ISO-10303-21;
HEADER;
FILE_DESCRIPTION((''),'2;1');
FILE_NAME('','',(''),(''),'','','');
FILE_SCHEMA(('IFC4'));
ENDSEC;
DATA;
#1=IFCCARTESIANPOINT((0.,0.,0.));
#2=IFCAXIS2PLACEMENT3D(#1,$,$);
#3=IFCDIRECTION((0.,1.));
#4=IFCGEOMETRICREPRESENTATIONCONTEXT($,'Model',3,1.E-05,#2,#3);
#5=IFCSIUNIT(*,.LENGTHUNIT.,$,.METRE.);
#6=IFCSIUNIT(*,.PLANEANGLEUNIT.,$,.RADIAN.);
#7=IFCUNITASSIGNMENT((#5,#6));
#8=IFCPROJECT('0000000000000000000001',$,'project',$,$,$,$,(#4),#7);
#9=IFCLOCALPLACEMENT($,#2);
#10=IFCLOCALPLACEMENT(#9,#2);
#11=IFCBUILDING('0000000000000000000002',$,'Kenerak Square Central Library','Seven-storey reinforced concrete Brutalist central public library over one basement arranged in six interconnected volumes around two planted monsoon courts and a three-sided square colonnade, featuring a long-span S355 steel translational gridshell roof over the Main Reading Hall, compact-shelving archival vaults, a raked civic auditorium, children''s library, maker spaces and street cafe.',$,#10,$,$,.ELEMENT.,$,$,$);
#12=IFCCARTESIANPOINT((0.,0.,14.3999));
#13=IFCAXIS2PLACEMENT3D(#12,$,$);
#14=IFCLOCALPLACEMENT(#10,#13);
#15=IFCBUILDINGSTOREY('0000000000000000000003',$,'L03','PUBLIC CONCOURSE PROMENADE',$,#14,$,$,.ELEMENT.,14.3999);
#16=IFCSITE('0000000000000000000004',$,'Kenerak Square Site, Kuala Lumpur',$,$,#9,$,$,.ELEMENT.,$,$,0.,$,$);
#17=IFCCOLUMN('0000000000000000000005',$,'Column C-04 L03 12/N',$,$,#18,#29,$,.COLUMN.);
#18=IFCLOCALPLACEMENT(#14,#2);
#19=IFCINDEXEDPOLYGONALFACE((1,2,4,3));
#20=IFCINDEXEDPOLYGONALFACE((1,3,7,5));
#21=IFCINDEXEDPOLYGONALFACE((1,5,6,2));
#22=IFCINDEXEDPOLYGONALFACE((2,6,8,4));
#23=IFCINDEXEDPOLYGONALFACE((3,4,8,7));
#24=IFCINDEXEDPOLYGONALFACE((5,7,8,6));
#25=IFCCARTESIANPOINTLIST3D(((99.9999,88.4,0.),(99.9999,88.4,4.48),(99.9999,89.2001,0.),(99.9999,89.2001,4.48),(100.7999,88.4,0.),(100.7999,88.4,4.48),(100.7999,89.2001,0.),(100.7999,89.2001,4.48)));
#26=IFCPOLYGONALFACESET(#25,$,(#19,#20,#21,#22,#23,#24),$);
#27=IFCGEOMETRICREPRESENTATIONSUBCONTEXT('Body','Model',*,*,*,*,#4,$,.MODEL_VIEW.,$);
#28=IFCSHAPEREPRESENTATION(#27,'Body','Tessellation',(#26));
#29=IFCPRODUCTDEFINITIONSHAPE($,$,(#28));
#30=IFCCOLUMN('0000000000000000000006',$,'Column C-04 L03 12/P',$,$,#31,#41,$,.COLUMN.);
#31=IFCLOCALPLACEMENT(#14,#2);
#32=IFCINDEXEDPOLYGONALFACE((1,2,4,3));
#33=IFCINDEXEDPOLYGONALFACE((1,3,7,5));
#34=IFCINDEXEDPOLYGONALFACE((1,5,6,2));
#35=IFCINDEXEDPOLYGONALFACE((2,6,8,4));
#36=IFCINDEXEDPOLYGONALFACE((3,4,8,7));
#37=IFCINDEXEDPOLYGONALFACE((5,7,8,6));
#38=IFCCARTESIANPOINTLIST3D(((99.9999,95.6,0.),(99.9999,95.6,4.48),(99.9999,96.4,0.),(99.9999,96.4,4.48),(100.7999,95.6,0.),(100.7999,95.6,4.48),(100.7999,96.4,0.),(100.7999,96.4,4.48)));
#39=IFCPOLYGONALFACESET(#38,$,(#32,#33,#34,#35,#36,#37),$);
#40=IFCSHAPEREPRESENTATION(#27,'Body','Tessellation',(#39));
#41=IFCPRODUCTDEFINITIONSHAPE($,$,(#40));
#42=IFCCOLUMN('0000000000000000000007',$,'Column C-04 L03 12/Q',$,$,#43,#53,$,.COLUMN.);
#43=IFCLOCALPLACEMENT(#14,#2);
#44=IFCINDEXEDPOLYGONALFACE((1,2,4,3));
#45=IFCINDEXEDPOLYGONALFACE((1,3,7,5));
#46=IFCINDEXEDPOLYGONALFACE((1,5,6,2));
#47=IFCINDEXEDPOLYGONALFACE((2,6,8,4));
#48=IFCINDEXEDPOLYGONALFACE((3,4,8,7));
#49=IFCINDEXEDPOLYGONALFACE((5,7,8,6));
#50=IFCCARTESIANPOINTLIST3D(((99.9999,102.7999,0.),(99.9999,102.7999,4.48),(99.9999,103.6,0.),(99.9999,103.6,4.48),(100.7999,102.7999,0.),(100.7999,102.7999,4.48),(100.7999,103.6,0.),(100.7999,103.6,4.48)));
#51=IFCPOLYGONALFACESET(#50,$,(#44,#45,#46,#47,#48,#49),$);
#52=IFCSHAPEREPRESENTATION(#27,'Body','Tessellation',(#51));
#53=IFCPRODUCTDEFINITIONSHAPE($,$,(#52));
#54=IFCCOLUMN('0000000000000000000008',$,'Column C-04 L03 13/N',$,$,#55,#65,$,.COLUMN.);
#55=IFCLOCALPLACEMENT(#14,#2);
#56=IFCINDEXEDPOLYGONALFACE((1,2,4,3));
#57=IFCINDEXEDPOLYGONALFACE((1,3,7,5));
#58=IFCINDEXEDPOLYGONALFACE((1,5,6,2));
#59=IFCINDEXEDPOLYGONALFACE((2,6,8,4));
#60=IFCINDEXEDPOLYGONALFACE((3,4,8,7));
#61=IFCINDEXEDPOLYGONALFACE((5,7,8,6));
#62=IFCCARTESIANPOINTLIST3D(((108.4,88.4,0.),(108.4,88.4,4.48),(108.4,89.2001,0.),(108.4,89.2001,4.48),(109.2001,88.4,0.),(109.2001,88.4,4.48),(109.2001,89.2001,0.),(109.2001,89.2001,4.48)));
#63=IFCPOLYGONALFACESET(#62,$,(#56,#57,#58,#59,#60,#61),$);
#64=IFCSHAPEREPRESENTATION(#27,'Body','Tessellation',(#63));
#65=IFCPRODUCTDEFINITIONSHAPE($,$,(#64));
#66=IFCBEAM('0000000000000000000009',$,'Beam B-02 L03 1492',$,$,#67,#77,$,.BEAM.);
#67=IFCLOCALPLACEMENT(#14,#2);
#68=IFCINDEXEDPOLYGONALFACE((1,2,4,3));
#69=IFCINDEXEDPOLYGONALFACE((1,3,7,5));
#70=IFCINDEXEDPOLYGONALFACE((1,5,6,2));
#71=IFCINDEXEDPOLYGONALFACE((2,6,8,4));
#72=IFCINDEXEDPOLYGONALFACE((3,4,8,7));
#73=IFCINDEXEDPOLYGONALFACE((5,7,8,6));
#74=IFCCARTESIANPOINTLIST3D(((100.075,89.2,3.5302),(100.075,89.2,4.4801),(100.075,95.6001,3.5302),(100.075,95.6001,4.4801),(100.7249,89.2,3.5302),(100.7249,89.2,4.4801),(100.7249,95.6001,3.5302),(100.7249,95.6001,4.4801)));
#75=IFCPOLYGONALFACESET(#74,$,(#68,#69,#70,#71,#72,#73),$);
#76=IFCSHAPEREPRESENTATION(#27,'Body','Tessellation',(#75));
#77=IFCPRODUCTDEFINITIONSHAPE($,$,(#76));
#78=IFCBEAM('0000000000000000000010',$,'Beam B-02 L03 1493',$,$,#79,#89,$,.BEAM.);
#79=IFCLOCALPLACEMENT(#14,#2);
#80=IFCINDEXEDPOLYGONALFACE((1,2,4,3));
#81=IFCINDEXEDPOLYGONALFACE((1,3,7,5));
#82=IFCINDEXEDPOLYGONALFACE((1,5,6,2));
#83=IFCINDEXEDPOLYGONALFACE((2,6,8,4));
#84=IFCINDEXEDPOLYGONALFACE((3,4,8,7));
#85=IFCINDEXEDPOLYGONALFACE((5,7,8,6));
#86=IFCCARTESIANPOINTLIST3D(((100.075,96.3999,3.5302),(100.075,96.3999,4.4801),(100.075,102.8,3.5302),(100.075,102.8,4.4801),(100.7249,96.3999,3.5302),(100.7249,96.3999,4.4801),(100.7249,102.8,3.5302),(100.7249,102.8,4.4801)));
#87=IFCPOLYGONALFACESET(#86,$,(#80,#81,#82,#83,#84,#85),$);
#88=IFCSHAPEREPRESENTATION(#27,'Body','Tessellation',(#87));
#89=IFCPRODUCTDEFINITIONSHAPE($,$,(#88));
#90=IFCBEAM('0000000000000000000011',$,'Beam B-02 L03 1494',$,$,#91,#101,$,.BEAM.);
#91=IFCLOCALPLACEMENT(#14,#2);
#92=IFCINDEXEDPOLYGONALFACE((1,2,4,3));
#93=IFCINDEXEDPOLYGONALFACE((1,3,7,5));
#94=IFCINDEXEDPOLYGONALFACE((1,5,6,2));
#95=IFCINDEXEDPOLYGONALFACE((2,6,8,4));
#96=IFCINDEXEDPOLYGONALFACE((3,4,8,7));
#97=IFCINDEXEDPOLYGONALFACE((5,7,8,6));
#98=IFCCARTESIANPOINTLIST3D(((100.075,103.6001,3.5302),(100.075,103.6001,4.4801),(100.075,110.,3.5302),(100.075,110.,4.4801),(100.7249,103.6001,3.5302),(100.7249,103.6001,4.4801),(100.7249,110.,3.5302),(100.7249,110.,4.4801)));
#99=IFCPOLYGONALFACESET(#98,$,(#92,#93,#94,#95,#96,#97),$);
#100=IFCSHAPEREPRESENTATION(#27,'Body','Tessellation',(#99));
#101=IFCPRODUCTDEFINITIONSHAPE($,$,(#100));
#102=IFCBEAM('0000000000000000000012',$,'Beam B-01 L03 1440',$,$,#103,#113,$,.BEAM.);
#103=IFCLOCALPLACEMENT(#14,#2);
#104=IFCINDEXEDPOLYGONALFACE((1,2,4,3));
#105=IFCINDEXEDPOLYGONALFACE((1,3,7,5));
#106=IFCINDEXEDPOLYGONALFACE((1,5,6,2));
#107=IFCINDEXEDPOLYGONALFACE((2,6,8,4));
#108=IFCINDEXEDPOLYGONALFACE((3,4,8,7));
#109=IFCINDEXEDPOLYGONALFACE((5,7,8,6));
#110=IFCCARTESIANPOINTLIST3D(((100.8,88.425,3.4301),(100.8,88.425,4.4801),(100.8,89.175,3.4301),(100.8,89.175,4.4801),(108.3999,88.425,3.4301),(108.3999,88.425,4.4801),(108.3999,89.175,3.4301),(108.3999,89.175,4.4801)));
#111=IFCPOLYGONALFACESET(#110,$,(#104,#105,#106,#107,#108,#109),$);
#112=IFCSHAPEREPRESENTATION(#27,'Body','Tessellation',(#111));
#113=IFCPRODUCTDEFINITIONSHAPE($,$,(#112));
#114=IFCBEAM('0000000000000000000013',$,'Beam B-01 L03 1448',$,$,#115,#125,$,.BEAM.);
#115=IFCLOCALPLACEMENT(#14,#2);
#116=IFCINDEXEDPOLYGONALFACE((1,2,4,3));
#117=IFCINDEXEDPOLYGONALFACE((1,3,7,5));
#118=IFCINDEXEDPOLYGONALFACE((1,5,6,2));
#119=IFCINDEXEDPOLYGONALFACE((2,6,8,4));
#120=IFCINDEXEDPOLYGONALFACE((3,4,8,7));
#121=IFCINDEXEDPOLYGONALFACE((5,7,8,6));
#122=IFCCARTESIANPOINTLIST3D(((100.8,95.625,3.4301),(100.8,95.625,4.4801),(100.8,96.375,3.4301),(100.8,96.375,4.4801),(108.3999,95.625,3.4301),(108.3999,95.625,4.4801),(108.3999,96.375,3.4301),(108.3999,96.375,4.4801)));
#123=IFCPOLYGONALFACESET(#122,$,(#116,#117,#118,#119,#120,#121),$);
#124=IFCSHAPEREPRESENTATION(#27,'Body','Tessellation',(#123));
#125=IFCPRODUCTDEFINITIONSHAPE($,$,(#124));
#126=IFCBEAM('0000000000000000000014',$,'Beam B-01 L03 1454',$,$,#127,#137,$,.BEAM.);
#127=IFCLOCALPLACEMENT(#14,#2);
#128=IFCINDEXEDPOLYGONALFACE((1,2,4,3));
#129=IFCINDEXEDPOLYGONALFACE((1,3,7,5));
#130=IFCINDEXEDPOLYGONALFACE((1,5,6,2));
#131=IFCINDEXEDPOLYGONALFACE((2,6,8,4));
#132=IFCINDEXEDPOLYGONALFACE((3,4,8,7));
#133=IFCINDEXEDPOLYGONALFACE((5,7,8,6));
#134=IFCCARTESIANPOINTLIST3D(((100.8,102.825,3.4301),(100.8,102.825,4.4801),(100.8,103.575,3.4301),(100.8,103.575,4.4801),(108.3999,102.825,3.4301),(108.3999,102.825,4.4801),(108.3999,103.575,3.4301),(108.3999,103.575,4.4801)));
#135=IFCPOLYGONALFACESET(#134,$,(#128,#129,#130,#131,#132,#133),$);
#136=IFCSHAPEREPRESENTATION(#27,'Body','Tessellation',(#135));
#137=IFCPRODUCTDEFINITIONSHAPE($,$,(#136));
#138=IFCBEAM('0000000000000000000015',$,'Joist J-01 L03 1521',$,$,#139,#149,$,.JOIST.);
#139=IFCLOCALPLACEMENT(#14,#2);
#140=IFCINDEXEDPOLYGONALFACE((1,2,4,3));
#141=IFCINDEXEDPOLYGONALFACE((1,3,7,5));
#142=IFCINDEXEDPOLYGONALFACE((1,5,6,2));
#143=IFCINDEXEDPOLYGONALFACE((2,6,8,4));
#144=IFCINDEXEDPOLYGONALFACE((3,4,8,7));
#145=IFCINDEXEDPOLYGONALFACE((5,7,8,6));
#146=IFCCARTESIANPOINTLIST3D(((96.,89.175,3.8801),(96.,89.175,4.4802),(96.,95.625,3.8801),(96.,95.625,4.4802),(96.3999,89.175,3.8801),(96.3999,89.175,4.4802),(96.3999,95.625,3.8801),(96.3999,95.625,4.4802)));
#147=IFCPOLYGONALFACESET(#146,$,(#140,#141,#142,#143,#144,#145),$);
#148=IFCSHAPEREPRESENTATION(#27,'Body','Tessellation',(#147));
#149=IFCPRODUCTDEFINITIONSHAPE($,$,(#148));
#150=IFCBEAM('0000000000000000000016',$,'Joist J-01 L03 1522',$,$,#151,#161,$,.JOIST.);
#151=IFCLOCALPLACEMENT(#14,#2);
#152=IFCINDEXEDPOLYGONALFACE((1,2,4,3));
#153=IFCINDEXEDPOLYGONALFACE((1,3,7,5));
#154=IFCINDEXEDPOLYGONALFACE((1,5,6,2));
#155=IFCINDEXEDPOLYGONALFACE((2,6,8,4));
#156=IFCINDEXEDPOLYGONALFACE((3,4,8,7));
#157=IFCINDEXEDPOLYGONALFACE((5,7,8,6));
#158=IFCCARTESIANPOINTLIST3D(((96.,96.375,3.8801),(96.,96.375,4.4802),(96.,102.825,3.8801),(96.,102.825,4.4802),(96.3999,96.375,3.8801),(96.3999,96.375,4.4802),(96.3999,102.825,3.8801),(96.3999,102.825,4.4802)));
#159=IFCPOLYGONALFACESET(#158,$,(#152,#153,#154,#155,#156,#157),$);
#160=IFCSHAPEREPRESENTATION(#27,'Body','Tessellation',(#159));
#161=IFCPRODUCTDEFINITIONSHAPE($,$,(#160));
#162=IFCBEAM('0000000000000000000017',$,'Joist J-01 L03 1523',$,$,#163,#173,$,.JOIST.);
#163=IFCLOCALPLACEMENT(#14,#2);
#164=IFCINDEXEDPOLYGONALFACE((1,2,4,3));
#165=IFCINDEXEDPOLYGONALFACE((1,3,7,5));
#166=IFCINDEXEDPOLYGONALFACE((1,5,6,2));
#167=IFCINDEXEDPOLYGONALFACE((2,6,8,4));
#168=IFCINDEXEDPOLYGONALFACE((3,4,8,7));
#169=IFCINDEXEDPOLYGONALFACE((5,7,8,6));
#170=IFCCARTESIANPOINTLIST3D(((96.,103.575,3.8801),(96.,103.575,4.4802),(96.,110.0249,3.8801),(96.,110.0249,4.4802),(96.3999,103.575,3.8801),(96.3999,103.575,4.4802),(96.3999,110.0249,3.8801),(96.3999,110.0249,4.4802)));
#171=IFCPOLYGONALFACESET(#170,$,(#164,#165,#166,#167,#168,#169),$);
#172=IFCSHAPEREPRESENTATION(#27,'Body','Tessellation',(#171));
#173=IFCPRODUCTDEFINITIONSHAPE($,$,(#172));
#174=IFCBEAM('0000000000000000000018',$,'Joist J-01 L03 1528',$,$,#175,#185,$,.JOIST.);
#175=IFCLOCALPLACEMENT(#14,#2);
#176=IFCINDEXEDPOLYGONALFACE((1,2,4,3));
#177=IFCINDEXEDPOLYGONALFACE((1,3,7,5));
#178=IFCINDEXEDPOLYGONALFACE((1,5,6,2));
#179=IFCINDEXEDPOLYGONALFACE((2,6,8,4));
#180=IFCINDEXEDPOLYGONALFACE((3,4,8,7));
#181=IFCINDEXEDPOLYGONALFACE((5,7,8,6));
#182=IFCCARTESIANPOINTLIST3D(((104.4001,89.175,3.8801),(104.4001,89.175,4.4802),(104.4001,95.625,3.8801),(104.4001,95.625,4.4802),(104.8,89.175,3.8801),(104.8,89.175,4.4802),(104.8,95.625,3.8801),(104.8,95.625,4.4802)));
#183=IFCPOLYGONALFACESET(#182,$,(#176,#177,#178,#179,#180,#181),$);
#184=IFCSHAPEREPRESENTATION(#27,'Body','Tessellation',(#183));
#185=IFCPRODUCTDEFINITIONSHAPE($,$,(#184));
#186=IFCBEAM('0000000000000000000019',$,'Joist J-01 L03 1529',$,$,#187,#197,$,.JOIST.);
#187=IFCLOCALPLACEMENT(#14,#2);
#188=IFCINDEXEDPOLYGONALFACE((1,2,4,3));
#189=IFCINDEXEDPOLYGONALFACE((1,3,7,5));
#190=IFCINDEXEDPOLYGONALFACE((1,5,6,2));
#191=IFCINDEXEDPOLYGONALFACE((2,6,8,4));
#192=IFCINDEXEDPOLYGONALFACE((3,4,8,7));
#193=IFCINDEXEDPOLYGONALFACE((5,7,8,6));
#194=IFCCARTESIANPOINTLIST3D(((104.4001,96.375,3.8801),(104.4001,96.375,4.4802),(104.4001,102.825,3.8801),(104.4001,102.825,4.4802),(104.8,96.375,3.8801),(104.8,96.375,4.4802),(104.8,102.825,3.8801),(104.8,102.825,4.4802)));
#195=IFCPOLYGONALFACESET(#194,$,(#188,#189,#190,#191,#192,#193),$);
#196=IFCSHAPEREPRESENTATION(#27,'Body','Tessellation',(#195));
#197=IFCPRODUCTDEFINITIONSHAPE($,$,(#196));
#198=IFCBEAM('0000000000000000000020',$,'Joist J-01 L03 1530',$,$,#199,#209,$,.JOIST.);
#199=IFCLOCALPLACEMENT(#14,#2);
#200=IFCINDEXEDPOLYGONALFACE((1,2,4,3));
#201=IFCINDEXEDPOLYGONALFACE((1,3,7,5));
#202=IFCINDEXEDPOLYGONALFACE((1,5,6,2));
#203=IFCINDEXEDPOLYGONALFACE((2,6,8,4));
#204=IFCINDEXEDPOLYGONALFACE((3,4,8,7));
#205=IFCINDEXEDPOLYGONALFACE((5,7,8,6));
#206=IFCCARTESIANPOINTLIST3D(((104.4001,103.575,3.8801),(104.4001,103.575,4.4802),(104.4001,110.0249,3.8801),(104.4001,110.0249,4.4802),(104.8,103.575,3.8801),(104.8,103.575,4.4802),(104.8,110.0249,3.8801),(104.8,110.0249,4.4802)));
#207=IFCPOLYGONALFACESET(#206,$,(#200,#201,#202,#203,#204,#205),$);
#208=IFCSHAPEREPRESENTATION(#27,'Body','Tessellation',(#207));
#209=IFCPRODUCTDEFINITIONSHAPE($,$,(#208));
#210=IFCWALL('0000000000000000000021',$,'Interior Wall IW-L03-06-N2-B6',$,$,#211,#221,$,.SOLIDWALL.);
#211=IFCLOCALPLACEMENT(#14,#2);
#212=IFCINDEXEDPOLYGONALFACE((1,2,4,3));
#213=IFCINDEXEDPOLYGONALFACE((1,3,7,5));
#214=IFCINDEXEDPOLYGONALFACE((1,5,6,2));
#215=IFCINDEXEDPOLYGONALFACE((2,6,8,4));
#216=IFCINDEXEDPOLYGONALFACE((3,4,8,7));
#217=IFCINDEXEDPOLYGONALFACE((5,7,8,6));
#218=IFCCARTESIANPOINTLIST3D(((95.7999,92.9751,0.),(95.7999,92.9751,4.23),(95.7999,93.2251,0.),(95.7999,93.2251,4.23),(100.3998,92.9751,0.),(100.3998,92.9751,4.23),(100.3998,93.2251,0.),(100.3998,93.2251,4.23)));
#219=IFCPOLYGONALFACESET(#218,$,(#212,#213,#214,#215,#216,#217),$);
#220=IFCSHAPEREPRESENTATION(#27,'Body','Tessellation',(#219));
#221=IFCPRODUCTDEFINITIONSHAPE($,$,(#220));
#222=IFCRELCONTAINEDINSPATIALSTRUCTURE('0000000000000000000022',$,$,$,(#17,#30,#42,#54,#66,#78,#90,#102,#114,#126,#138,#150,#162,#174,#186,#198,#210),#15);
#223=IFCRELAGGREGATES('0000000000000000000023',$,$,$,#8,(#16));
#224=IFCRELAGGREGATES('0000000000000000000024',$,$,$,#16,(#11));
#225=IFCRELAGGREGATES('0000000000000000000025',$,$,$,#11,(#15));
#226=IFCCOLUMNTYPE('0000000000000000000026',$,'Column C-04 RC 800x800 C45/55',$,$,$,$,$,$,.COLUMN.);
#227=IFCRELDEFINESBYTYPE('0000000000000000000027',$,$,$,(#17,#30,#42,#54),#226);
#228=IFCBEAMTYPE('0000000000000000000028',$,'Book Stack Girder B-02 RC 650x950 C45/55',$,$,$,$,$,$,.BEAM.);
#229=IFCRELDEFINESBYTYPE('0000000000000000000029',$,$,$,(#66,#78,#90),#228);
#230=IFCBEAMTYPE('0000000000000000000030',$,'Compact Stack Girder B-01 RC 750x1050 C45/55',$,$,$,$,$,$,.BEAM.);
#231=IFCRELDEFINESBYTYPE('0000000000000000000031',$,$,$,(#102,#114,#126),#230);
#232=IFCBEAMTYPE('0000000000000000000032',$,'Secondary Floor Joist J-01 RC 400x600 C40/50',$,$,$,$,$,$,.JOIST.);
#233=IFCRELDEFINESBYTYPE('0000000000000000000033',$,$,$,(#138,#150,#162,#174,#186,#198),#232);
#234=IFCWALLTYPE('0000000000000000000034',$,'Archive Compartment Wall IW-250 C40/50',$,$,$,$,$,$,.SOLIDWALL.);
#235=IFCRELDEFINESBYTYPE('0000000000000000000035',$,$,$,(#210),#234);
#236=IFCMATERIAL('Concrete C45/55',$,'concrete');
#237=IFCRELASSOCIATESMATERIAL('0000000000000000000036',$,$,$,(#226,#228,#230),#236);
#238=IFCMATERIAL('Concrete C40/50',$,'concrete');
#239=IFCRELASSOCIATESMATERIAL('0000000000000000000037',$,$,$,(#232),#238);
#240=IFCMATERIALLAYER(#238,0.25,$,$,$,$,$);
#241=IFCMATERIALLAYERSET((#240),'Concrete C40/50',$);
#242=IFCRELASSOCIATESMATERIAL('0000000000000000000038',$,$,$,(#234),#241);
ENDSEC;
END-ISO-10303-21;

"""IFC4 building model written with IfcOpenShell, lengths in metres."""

from ifc_helpers import new_model, si_unit, direction, frame, frame_2d, origin, origin_2d, place, context, subcontext, project, spatial, rectangle, extrude, material, layer, layer_set, material_profile, profile_set, type_object, element, save


model = new_model("IFC4")

# Units and contexts
model_context = context("Model", 3, precision=1e-05, world=origin(), true_north=direction((0.0, 1.0)))
body_context = subcontext(model_context, "Body", "Model", "MODEL_VIEW")
ifc_project = project(units=[si_unit("LENGTHUNIT", "METRE"), si_unit("PLANEANGLEUNIT", "RADIAN")], contexts=[model_context])

# Site, building, storey
site_placement = place(None, origin())
site = spatial("IfcSite", under=ifc_project, at=site_placement, Name="Kenerak Square Site, Kuala Lumpur", CompositionType="ELEMENT", RefElevation=0.0)
building_placement = place(site_placement, origin())
building = spatial("IfcBuilding", under=site, at=building_placement, Name="Kenerak Square Central Library", Description="Seven-storey reinforced concrete Brutalist central public library over one basement arranged in six interconnected volumes around two planted monsoon courts and a three-sided square colonnade, featuring a long-span S355 steel translational gridshell roof over the Main Reading Hall, compact-shelving archival vaults, a raked civic auditorium, children's library, maker spaces and street cafe.", CompositionType="ELEMENT")
storey_placement = place(building_placement, frame((0.0, 0.0, 14.3999)))
storey = spatial("IfcBuildingStorey", under=building, at=storey_placement, Name="L03", Description="PUBLIC CONCOURSE PROMENADE", CompositionType="ELEMENT", Elevation=14.3999)

# Columns
ifc_material_1 = material(Name="Concrete C45/55", Category="concrete")
ifc_material_profile_1 = material_profile(ifc_material_1, rectangle(XDim=0.8, YDim=0.8, at=origin_2d()), Name="RC 800x800")
ifc_profile_set_1 = profile_set([ifc_material_profile_1], Name="Concrete C45/55")
column_type = type_object("IfcColumnType", Name="Column C-04 RC 800x800 C45/55", PredefinedType="COLUMN", material=ifc_profile_set_1)
for number, where, z_axis, x_axis, name in (
    (1, (100.3999, 88.8, 0.0), (0.0, 0.0, 1.0), (1.0, 0.0, 0.0), "Column C-04 L03 12/N"),
    (2, (100.3999, 96.0, 0.0), (0.0, 0.0, 1.0), (1.0, 0.0, 0.0), "Column C-04 L03 12/P"),
    (3, (100.3999, 103.2, 0.0), (0.0, 0.0, 1.0), (1.0, 0.0, 0.0), "Column C-04 L03 12/Q"),
    (4, (108.8, 88.8, 0.0), (0.0, 0.0, 1.0), (1.0, 0.0, 0.0), "Column C-04 L03 13/N"),
):
    element("IfcColumn", number, at=place(storey_placement, frame(where, z_axis=z_axis, x_axis=x_axis)), inside=storey, type_object=column_type, Name=name, PredefinedType="COLUMN", context=body_context, shape_type="SweptSolid", body=[
        extrude(rectangle(XDim=0.8, YDim=0.8, at=origin_2d()), origin(), (0.0, 0.0, 1.0), 4.48),
    ])

# Beams
ifc_material_profile_2 = material_profile(ifc_material_1, rectangle(XDim=0.6499, YDim=0.95, at=origin_2d()), Name="RC 650x950")
ifc_profile_set_2 = profile_set([ifc_material_profile_2], Name="Concrete C45/55")
beam_type_1 = type_object("IfcBeamType", Name="Book Stack Girder B-02 RC 650x950 C45/55", PredefinedType="BEAM", material=ifc_profile_set_2)
for number, where, z_axis, x_axis, name in (
    (5, (100.3999, 89.2, 4.0051), (0.0, 1.0, 0.0), (-1.0, 0.0, 0.0), "Beam B-02 L03 1492"),
    (6, (100.3999, 96.3999, 4.0051), (0.0, 1.0, 0.0), (-1.0, 0.0, 0.0), "Beam B-02 L03 1493"),
):
    element("IfcBeam", number, at=place(storey_placement, frame(where, z_axis=z_axis, x_axis=x_axis)), inside=storey, type_object=beam_type_1, Name=name, PredefinedType="BEAM", context=body_context, shape_type="SweptSolid", body=[
        extrude(rectangle(XDim=0.6499, YDim=0.95, at=origin_2d()), origin(), (0.0, 0.0, 1.0), 6.4001),
    ])
beam_placement = place(storey_placement, frame((100.3999, 103.6001, 4.0051), z_axis=(0.0, 1.0, 0.0), x_axis=(-1.0, 0.0, 0.0)))
element("IfcBeam", 7, at=beam_placement, inside=storey, type_object=beam_type_1, Name="Beam B-02 L03 1494", PredefinedType="BEAM", context=body_context, shape_type="SweptSolid", body=[
    extrude(rectangle(XDim=0.6499, YDim=0.95, at=origin_2d()), origin(), (0.0, 0.0, 1.0), 6.3999),
])
ifc_material_profile_3 = material_profile(ifc_material_1, rectangle(XDim=0.75, YDim=1.05, at=origin_2d()), Name="RC 750x1050")
ifc_profile_set_3 = profile_set([ifc_material_profile_3], Name="Concrete C45/55")
beam_type_2 = type_object("IfcBeamType", Name="Compact Stack Girder B-01 RC 750x1050 C45/55", PredefinedType="BEAM", material=ifc_profile_set_3)
for number, where, z_axis, x_axis, name in (
    (8, (100.8, 88.8, 3.9551), (1.0, 0.0, 0.0), (0.0, 1.0, 0.0), "Beam B-01 L03 1440"),
    (9, (100.8, 96.0, 3.9551), (1.0, 0.0, 0.0), (0.0, 1.0, 0.0), "Beam B-01 L03 1448"),
    (10, (100.8, 103.2, 3.9551), (1.0, 0.0, 0.0), (0.0, 1.0, 0.0), "Beam B-01 L03 1454"),
):
    element("IfcBeam", number, at=place(storey_placement, frame(where, z_axis=z_axis, x_axis=x_axis)), inside=storey, type_object=beam_type_2, Name=name, PredefinedType="BEAM", context=body_context, shape_type="SweptSolid", body=[
        extrude(rectangle(XDim=0.75, YDim=1.05, at=origin_2d()), origin(), (0.0, 0.0, 1.0), 7.5999),
    ])
ifc_material_2 = material(Name="Concrete C40/50", Category="concrete")
ifc_material_profile_4 = material_profile(ifc_material_2, rectangle(XDim=0.3999, YDim=0.6001, at=origin_2d()), Name="RC 400x600")
ifc_profile_set_4 = profile_set([ifc_material_profile_4], Name="Concrete C40/50")
beam_type_3 = type_object("IfcBeamType", Name="Secondary Floor Joist J-01 RC 400x600 C40/50", PredefinedType="JOIST", material=ifc_profile_set_4)
for number, where, z_axis, x_axis, name in (
    (11, (96.2, 89.175, 4.1802), (0.0, 1.0, 0.0), (-1.0, 0.0, 0.0), "Joist J-01 L03 1521"),
    (12, (96.2, 96.375, 4.1802), (0.0, 1.0, 0.0), (-1.0, 0.0, 0.0), "Joist J-01 L03 1522"),
    (13, (96.2, 103.575, 4.1802), (0.0, 1.0, 0.0), (-1.0, 0.0, 0.0), "Joist J-01 L03 1523"),
    (14, (104.6001, 89.175, 4.1802), (0.0, 1.0, 0.0), (-1.0, 0.0, 0.0), "Joist J-01 L03 1528"),
    (15, (104.6001, 96.375, 4.1802), (0.0, 1.0, 0.0), (-1.0, 0.0, 0.0), "Joist J-01 L03 1529"),
    (16, (104.6001, 103.575, 4.1802), (0.0, 1.0, 0.0), (-1.0, 0.0, 0.0), "Joist J-01 L03 1530"),
):
    element("IfcBeam", number, at=place(storey_placement, frame(where, z_axis=z_axis, x_axis=x_axis)), inside=storey, type_object=beam_type_3, Name=name, PredefinedType="JOIST", context=body_context, shape_type="SweptSolid", body=[
        extrude(rectangle(XDim=0.3999, YDim=0.6001, at=origin_2d()), origin(), (0.0, 0.0, 1.0), 6.45),
    ])

# Wall
ifc_layer_1 = layer(ifc_material_2, 0.25)
ifc_layer_set_1 = layer_set([ifc_layer_1], Name="Concrete C40/50")
wall_type_1 = type_object("IfcWallType", Name="Archive Compartment Wall IW-250 C40/50", PredefinedType="SOLIDWALL", material=ifc_layer_set_1)
wall_1_placement = place(storey_placement, frame((95.8, 93.1001, 0.0), z_axis=(0.0, 0.0, 1.0), x_axis=(1.0, 0.0, 0.0)))
element("IfcWall", 17, at=wall_1_placement, inside=storey, type_object=wall_type_1, Name="Interior Wall IW-L03-06-N2-B6", PredefinedType="SOLIDWALL", context=body_context, shape_type="SweptSolid", body=[
    extrude(rectangle(XDim=4.5999, YDim=0.25, at=frame_2d((2.2998, 0.0))), origin(), (0.0, 0.0, 1.0), 4.23),
])

save(model, "model.ifc")
